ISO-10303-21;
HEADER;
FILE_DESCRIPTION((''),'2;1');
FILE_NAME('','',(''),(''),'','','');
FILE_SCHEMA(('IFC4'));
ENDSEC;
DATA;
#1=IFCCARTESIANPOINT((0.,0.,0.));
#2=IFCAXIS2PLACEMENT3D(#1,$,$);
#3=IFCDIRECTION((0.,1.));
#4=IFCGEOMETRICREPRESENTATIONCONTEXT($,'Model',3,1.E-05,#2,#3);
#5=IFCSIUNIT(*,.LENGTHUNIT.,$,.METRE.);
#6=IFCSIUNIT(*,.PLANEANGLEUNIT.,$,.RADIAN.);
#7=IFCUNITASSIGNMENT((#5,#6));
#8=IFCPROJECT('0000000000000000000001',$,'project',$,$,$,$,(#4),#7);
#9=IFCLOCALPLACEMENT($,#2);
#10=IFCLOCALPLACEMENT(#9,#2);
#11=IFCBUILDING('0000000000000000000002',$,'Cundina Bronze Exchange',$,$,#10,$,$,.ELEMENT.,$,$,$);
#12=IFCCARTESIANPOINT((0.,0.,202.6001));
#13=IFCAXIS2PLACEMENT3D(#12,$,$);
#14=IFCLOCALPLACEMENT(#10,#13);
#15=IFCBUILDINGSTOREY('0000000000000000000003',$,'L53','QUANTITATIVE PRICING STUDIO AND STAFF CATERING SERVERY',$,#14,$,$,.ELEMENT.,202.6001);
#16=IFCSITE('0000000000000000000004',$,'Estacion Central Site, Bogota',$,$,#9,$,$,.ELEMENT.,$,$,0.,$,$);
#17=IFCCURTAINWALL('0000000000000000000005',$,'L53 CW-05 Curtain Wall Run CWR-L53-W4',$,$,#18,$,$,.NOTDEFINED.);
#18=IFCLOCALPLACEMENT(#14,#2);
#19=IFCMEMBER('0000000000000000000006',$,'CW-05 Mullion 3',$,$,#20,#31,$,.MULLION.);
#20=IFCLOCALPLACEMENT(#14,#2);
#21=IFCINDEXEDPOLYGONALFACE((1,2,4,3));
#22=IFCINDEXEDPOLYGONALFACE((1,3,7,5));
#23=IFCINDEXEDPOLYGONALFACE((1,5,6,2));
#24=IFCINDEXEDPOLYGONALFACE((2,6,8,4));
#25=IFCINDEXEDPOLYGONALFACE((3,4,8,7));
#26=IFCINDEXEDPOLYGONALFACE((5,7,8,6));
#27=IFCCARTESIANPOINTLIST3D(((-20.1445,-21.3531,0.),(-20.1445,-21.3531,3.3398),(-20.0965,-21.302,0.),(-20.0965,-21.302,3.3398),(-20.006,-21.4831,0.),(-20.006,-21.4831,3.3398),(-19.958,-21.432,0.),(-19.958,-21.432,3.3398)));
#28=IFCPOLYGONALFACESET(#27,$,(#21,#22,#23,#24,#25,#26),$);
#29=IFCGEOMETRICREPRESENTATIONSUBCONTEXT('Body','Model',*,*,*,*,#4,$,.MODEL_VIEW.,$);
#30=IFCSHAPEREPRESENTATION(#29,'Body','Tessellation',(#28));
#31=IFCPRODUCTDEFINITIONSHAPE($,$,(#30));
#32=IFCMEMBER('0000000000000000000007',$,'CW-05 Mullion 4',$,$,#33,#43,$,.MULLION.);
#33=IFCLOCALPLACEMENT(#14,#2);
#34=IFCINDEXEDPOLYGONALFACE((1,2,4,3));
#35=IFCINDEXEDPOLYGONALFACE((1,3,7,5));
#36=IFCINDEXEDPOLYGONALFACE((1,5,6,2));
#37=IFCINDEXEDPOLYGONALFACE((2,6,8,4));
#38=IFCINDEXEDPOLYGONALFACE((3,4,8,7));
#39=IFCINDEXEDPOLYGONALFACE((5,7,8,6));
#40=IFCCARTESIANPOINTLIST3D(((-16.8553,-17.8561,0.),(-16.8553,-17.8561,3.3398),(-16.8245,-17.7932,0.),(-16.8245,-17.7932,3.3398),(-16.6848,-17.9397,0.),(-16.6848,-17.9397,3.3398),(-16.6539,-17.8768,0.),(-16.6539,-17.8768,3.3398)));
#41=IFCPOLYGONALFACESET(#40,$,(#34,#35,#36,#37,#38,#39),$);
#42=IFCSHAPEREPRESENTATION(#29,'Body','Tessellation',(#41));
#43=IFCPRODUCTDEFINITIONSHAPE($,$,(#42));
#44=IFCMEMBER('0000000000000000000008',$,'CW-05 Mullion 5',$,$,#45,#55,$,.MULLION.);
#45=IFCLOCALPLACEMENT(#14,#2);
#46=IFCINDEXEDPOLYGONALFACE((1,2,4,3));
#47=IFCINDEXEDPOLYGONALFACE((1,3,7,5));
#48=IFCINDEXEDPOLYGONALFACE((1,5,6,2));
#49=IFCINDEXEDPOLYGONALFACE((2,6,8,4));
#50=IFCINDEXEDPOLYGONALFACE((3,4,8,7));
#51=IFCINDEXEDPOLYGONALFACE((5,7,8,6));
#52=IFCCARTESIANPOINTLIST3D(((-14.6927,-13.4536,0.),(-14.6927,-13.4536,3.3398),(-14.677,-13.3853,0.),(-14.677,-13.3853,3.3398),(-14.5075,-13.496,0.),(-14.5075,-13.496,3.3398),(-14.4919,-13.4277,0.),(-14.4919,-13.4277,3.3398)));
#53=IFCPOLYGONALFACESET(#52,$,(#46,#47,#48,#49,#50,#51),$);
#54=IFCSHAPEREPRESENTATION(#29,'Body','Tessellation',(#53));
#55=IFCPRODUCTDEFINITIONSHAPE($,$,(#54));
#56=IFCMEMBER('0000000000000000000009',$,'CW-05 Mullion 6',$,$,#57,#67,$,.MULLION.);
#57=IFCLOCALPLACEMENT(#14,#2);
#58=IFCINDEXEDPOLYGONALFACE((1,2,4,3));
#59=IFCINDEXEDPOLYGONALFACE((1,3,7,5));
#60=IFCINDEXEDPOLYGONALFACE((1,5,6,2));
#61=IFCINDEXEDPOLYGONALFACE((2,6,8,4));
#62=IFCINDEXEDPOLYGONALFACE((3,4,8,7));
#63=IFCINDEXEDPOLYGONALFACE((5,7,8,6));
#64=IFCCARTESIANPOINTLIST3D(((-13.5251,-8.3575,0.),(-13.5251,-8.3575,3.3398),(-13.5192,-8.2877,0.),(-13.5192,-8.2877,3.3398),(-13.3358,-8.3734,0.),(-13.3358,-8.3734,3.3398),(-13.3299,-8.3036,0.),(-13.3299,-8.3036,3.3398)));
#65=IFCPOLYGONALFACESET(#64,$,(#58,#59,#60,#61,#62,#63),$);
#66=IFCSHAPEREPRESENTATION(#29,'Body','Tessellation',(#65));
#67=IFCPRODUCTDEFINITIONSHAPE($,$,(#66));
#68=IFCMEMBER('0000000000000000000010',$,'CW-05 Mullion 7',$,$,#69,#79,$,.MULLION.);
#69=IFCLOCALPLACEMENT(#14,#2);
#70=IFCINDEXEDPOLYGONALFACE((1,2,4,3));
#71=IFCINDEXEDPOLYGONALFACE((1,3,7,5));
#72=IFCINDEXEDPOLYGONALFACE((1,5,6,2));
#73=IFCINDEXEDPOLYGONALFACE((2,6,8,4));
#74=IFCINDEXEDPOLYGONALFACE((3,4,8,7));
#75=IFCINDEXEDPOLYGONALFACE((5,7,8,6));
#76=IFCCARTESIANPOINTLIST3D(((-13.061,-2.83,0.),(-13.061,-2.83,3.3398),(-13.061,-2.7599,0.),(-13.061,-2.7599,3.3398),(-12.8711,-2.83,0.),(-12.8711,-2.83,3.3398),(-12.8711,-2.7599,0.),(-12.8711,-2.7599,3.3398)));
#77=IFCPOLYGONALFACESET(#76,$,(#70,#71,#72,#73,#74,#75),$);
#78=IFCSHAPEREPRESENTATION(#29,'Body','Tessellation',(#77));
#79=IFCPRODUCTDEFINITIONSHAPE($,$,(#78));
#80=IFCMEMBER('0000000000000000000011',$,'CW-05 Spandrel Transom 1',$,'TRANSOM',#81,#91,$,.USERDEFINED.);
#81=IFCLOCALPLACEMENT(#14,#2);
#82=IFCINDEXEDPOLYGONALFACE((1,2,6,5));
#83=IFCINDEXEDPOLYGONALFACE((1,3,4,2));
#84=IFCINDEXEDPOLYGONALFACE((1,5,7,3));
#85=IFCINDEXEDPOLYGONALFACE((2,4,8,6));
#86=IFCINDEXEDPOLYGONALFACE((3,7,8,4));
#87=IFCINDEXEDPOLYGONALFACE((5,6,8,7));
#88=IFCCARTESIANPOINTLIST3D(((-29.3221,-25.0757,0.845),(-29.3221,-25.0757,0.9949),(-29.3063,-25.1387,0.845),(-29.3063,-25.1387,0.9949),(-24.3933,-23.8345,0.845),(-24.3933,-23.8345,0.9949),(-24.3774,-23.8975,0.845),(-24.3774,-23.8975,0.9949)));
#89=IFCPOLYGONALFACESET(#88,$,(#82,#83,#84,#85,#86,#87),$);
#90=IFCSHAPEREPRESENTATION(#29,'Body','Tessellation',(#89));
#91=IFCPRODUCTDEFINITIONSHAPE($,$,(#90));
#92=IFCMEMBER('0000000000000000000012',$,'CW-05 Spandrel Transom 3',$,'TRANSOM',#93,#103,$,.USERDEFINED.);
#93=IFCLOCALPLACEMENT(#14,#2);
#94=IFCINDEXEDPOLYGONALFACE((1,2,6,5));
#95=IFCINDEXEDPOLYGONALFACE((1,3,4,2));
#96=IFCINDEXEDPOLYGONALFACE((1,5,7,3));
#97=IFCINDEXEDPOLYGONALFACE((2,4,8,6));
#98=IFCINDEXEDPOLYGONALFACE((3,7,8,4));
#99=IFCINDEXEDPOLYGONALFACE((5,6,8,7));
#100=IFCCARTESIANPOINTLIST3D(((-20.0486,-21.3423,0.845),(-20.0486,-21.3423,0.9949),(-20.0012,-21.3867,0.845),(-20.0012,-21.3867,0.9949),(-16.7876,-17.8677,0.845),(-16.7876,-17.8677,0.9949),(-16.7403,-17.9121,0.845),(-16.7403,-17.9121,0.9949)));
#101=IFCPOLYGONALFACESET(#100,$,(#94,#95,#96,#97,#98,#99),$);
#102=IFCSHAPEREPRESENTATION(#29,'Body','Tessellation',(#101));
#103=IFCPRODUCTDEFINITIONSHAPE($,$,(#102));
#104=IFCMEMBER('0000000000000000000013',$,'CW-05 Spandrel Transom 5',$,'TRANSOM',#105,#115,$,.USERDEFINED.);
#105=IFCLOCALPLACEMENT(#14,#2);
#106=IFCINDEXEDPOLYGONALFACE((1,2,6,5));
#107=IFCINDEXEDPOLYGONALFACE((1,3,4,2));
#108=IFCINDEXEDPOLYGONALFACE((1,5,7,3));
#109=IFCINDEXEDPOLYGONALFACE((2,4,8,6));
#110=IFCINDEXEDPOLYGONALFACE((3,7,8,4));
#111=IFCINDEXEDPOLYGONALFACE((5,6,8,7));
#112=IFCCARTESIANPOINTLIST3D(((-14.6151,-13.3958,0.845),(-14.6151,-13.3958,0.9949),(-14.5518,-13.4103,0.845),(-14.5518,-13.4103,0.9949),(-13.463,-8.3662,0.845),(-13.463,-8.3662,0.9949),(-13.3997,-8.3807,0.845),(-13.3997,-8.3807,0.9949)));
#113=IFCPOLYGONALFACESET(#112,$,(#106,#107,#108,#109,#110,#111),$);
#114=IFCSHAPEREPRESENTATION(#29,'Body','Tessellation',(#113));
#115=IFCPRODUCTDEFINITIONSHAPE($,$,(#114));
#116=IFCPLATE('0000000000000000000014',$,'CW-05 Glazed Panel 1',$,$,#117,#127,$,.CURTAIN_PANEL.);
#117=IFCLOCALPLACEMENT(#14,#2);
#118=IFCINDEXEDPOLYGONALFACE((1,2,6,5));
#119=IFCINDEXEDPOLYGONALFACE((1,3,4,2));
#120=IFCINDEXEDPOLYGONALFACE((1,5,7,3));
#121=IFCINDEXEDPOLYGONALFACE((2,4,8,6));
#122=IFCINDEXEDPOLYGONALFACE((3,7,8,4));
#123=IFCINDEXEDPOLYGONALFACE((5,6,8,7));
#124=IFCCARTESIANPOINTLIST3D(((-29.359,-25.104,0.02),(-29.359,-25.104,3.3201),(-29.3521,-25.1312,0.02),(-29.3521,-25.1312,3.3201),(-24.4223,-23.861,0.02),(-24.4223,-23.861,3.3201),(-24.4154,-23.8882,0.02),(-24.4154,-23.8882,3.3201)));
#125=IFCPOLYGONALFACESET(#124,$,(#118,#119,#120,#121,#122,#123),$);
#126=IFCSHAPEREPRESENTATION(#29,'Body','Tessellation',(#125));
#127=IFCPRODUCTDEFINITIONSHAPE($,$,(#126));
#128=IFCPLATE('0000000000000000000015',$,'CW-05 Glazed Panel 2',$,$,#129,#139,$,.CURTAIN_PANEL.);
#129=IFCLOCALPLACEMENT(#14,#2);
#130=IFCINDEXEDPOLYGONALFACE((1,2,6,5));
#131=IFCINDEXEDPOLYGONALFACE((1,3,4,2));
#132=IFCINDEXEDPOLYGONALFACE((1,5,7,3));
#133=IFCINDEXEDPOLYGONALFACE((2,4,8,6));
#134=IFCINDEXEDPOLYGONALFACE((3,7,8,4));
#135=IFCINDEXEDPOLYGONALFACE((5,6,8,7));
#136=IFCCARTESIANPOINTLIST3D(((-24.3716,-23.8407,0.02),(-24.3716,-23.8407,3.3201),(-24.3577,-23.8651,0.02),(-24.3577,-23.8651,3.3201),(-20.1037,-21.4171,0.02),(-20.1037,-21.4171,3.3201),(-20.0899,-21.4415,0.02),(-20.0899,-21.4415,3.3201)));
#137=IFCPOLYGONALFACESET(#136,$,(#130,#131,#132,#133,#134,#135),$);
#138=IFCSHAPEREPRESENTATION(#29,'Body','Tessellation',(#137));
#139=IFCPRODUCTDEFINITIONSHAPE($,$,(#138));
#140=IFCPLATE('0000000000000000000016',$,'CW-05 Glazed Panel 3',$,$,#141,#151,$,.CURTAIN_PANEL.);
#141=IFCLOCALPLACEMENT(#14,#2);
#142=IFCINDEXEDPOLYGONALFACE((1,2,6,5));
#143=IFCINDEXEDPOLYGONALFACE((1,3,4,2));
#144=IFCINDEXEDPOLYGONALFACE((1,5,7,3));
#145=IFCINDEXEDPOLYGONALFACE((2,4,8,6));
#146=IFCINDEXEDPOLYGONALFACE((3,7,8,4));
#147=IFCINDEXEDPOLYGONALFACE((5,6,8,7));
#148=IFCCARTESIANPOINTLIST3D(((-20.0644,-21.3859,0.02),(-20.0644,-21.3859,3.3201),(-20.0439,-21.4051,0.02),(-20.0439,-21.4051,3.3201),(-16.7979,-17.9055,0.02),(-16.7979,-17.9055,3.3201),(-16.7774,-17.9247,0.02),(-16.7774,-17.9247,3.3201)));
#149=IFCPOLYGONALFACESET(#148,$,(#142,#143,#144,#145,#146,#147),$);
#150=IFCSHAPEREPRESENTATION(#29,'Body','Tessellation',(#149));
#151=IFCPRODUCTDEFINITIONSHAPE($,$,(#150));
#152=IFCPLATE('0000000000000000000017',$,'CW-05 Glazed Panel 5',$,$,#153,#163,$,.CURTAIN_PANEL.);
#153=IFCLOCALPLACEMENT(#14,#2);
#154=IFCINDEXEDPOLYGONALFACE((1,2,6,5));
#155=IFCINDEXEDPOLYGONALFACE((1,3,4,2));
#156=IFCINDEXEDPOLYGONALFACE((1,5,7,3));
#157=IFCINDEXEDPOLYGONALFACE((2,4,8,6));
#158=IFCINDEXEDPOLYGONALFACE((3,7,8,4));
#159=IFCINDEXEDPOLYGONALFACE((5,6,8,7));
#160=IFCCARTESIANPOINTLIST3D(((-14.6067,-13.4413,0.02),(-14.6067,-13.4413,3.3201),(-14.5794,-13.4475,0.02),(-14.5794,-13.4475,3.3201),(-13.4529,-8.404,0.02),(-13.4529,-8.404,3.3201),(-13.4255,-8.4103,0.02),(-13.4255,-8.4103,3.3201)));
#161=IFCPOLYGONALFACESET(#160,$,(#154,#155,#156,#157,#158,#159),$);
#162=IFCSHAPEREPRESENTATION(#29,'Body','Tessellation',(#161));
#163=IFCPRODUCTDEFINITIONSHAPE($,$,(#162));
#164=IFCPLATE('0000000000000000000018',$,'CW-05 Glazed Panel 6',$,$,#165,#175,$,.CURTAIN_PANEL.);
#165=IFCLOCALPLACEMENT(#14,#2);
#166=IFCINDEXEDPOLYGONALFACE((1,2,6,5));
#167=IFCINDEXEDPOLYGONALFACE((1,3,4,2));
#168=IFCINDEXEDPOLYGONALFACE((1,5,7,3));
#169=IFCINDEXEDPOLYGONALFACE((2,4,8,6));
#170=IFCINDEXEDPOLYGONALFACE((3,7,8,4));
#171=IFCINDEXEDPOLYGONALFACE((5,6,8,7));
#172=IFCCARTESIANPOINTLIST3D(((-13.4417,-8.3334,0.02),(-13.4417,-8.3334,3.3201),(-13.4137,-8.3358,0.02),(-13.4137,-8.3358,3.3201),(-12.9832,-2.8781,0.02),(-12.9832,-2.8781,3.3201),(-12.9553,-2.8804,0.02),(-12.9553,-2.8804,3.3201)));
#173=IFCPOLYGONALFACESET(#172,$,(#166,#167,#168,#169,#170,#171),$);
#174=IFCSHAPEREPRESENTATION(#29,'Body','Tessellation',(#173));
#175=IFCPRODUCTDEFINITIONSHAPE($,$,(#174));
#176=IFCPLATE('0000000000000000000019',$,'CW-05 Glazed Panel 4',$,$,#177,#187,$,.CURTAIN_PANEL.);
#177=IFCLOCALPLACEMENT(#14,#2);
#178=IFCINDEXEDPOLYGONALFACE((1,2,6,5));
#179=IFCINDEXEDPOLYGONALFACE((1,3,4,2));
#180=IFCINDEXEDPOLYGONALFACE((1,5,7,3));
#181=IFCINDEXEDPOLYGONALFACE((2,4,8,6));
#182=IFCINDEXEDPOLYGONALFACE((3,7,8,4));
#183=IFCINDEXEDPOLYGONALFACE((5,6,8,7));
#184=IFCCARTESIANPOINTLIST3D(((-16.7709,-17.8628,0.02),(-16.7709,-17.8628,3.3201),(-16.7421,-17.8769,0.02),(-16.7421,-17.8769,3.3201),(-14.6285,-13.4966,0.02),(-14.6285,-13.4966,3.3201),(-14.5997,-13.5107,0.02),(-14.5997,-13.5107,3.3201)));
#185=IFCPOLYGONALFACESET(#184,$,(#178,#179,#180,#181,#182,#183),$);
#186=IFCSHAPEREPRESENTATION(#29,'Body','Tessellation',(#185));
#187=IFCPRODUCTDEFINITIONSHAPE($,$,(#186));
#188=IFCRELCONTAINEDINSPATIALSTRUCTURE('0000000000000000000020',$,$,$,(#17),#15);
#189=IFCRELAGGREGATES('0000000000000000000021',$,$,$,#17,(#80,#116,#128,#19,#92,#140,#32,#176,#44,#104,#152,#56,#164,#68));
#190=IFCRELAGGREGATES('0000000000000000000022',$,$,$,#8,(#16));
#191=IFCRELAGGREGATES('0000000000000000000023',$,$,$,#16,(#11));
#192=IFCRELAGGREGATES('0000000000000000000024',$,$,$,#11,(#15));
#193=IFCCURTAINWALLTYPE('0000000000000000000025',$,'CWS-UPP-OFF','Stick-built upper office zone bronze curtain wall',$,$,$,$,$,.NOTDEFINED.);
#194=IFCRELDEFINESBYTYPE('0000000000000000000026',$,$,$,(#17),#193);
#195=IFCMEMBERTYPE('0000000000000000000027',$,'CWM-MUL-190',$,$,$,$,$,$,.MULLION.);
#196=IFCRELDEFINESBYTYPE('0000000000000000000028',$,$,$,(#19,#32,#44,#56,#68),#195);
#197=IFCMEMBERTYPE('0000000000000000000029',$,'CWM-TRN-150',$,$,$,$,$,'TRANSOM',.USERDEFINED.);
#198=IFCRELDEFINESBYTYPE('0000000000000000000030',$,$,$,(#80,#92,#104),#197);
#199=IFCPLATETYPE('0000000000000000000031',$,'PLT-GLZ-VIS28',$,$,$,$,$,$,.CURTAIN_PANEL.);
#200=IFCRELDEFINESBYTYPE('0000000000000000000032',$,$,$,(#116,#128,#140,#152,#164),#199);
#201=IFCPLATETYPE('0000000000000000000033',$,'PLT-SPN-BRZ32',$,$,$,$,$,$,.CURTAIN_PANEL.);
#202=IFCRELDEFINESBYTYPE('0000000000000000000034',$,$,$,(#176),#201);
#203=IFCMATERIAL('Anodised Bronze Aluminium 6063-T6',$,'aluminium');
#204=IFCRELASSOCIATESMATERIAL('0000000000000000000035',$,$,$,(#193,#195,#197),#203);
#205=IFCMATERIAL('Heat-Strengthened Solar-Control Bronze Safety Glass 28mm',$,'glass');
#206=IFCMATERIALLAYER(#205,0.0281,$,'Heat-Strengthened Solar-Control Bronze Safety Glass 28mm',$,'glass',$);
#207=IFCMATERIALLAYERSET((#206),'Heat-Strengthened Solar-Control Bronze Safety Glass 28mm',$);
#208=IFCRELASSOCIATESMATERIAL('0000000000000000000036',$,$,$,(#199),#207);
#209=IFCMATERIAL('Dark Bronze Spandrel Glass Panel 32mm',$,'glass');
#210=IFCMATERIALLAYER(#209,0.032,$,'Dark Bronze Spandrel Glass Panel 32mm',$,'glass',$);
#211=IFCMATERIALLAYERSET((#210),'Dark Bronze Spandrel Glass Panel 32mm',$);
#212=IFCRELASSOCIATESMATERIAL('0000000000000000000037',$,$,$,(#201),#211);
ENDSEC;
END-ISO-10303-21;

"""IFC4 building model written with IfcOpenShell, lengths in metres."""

from ifc_helpers import new_model, si_unit, direction, frame, origin, origin_2d, place, context, subcontext, project, spatial, rectangle, extrude, material, layer, layer_set, material_profile, profile_set, type_object, element, aggregate, save


model = new_model("IFC4")

# Units and contexts
model_context = context("Model", 3, precision=1e-05, world=origin(), true_north=direction((0.0, 1.0)))
body_context = subcontext(model_context, "Body", "Model", "MODEL_VIEW")
ifc_project = project(units=[si_unit("LENGTHUNIT", "METRE"), si_unit("PLANEANGLEUNIT", "RADIAN")], contexts=[model_context])

# Site, building, storey
site_placement = place(None, origin())
site = spatial("IfcSite", under=ifc_project, at=site_placement, Name="Estacion Central Site, Bogota", CompositionType="ELEMENT", RefElevation=0.0)
building_placement = place(site_placement, origin())
building = spatial("IfcBuilding", under=site, at=building_placement, Name="Cundina Bronze Exchange", CompositionType="ELEMENT")
storey_placement = place(building_placement, frame((0.0, 0.0, 202.6001)))
storey = spatial("IfcBuildingStorey", under=building, at=storey_placement, Name="L53", Description="QUANTITATIVE PRICING STUDIO AND STAFF CATERING SERVERY", CompositionType="ELEMENT", Elevation=202.6001)

# Curtain wall, members, plates
ifc_material_1 = material(Name="Anodised Bronze Aluminium 6063-T6", Category="aluminium")
curtain_wall_type = type_object("IfcCurtainWallType", Name="CWS-UPP-OFF", Description="Stick-built upper office zone bronze curtain wall", PredefinedType="NOTDEFINED", material=ifc_material_1)
curtain_wall_placement = place(storey_placement, origin())
curtain_wall = element("IfcCurtainWall", 1, at=curtain_wall_placement, inside=storey, type_object=curtain_wall_type, Name="L53 CW-05 Curtain Wall Run CWR-L53-W4", PredefinedType="NOTDEFINED")
ifc_material_profile_1 = material_profile(ifc_material_1, rectangle(XDim=0.0701, YDim=0.1899, at=origin_2d()), Name="AL70X190", Category="aluminium")
ifc_profile_set_1 = profile_set([ifc_material_profile_1], Name="Anodised Bronze Aluminium 6063-T6")
member_type_1 = type_object("IfcMemberType", Name="CWM-MUL-190", PredefinedType="MULLION", material=ifc_profile_set_1)
member_1_placement = place(storey_placement, frame((-20.0513, -21.3926, 0.0), z_axis=(0.0, 0.0, 1.0), x_axis=(0.684293, 0.729208, 0.0)))
member_1 = element("IfcMember", 2, at=member_1_placement, type_object=member_type_1, Name="CW-05 Mullion 3", PredefinedType="MULLION", context=body_context, shape_type="SweptSolid", body=[
    extrude(rectangle(XDim=0.0701, YDim=0.1899, at=origin_2d()), origin(), (0.0, 0.0, 1.0), 3.3398),
])
member_2_placement = place(storey_placement, frame((-16.7546, -17.8665, 0.0), z_axis=(0.0, 0.0, 1.0), x_axis=(0.440566, 0.89772, 0.0)))
member_2 = element("IfcMember", 3, at=member_2_placement, type_object=member_type_1, Name="CW-05 Mullion 4", PredefinedType="MULLION", context=body_context, shape_type="SweptSolid", body=[
    extrude(rectangle(XDim=0.0701, YDim=0.1899, at=origin_2d()), origin(), (0.0, 0.0, 1.0), 3.3398),
])
member_3_placement = place(storey_placement, frame((-14.5923, -13.4407, 0.0), z_axis=(0.0, 0.0, 1.0), x_axis=(0.22325, 0.974761, 0.0)))
member_3 = element("IfcMember", 4, at=member_3_placement, type_object=member_type_1, Name="CW-05 Mullion 5", PredefinedType="MULLION", context=body_context, shape_type="SweptSolid", body=[
    extrude(rectangle(XDim=0.0701, YDim=0.1899, at=origin_2d()), origin(), (0.0, 0.0, 1.0), 3.3398),
])
member_4_placement = place(storey_placement, frame((-13.4275, -8.3306, 0.0), z_axis=(0.0, 0.0, 1.0), x_axis=(0.083678, 0.996493, 0.0)))
member_4 = element("IfcMember", 5, at=member_4_placement, type_object=member_type_1, Name="CW-05 Mullion 6", PredefinedType="MULLION", context=body_context, shape_type="SweptSolid", body=[
    extrude(rectangle(XDim=0.0701, YDim=0.1899, at=origin_2d()), origin(), (0.0, 0.0, 1.0), 3.3398),
])
member_5_placement = place(storey_placement, frame((-12.9661, -2.7949, 0.0), z_axis=(0.0, 0.0, 1.0), x_axis=(0.0, 1.0, 0.0)))
member_5 = element("IfcMember", 6, at=member_5_placement, type_object=member_type_1, Name="CW-05 Mullion 7", PredefinedType="MULLION", context=body_context, shape_type="SweptSolid", body=[
    extrude(rectangle(XDim=0.0701, YDim=0.1899, at=origin_2d()), origin(), (0.0, 0.0, 1.0), 3.3398),
])
ifc_material_profile_2 = material_profile(ifc_material_1, rectangle(XDim=0.0649, YDim=0.1499, at=origin_2d()), Name="AL65X150", Category="aluminium")
ifc_profile_set_2 = profile_set([ifc_material_profile_2], Name="Anodised Bronze Aluminium 6063-T6")
member_type_2 = type_object("IfcMemberType", Name="CWM-TRN-150", ElementType="TRANSOM", PredefinedType="USERDEFINED", material=ifc_profile_set_2)
member_6_placement = place(storey_placement, frame((-29.3142, -25.1072, 0.9199), z_axis=(0.969726, 0.244197, 0.0), x_axis=(-0.244197, 0.969726, 0.0)))
member_6 = element("IfcMember", 7, at=member_6_placement, type_object=member_type_2, Name="CW-05 Spandrel Transom 1", ObjectType="TRANSOM", PredefinedType="USERDEFINED", context=body_context, shape_type="SweptSolid", body=[
    extrude(rectangle(XDim=0.0649, YDim=0.1499, at=origin_2d()), origin(), (0.0, 0.0, 1.0), 5.0828),
])
member_7_placement = place(storey_placement, frame((-20.0249, -21.3645, 0.9199), z_axis=(0.684336, 0.729166, 0.0), x_axis=(-0.729166, 0.684336, 0.0)))
member_7 = element("IfcMember", 8, at=member_7_placement, type_object=member_type_2, Name="CW-05 Spandrel Transom 3", ObjectType="TRANSOM", PredefinedType="USERDEFINED", context=body_context, shape_type="SweptSolid", body=[
    extrude(rectangle(XDim=0.0649, YDim=0.1499, at=origin_2d()), origin(), (0.0, 0.0, 1.0), 4.7651),
])
member_8_placement = place(storey_placement, frame((-14.5835, -13.4031, 0.9199), z_axis=(0.223283, 0.974754, 0.0), x_axis=(-0.974754, 0.223283, 0.0)))
member_8 = element("IfcMember", 9, at=member_8_placement, type_object=member_type_2, Name="CW-05 Spandrel Transom 5", ObjectType="TRANSOM", PredefinedType="USERDEFINED", context=body_context, shape_type="SweptSolid", body=[
    extrude(rectangle(XDim=0.0649, YDim=0.1499, at=origin_2d()), origin(), (0.0, 0.0, 1.0), 5.1599),
])
ifc_material_2 = material(Name="Heat-Strengthened Solar-Control Bronze Safety Glass 28mm", Category="glass")
ifc_layer_1 = layer(ifc_material_2, 0.0281, Name="Heat-Strengthened Solar-Control Bronze Safety Glass 28mm", Category="glass")
ifc_layer_set_1 = layer_set([ifc_layer_1], Name="Heat-Strengthened Solar-Control Bronze Safety Glass 28mm")
plate_type_1 = type_object("IfcPlateType", Name="PLT-GLZ-VIS28", PredefinedType="CURTAIN_PANEL", material=ifc_layer_set_1)
plate_1_placement = place(storey_placement, frame((-26.8872, -24.4961, 0.02), z_axis=(0.0, 0.0, 1.0), x_axis=(0.969732, 0.244174, 0.0)))
plate_1 = element("IfcPlate", 10, at=plate_1_placement, type_object=plate_type_1, Name="CW-05 Glazed Panel 1", PredefinedType="CURTAIN_PANEL", context=body_context, shape_type="SweptSolid", body=[
    extrude(rectangle(XDim=5.0908, YDim=0.0281, at=origin_2d()), origin(), (0.0, 0.0, 1.0), 3.3),
])
plate_2_placement = place(storey_placement, frame((-22.2307, -22.6411, 0.02), z_axis=(0.0, 0.0, 1.0), x_axis=(0.869573, 0.493805, 0.0)))
plate_2 = element("IfcPlate", 11, at=plate_2_placement, type_object=plate_type_1, Name="CW-05 Glazed Panel 2", PredefinedType="CURTAIN_PANEL", context=body_context, shape_type="SweptSolid", body=[
    extrude(rectangle(XDim=4.908, YDim=0.0281, at=origin_2d()), origin(), (0.0, 0.0, 1.0), 3.3),
])
plate_3_placement = place(storey_placement, frame((-18.4209, -19.6553, 0.02), z_axis=(0.0, 0.0, 1.0), x_axis=(0.684344, 0.72916, 0.0)))
plate_3 = element("IfcPlate", 12, at=plate_3_placement, type_object=plate_type_1, Name="CW-05 Glazed Panel 3", PredefinedType="CURTAIN_PANEL", context=body_context, shape_type="SweptSolid", body=[
    extrude(rectangle(XDim=4.7732, YDim=0.0281, at=origin_2d()), origin(), (0.0, 0.0, 1.0), 3.3),
])
plate_4_placement = place(storey_placement, frame((-14.0161, -10.9258, 0.02), z_axis=(0.0, 0.0, 1.0), x_axis=(0.223284, 0.974753, 0.0)))
plate_4 = element("IfcPlate", 13, at=plate_4_placement, type_object=plate_type_1, Name="CW-05 Glazed Panel 5", PredefinedType="CURTAIN_PANEL", context=body_context, shape_type="SweptSolid", body=[
    extrude(rectangle(XDim=5.1677, YDim=0.0281, at=origin_2d()), origin(), (0.0, 0.0, 1.0), 3.3),
])
plate_5_placement = place(storey_placement, frame((-13.1985, -5.6069, 0.02), z_axis=(0.0, 0.0, 1.0), x_axis=(0.083747, 0.996487, 0.0)))
plate_5 = element("IfcPlate", 14, at=plate_5_placement, type_object=plate_type_1, Name="CW-05 Glazed Panel 6", PredefinedType="CURTAIN_PANEL", context=body_context, shape_type="SweptSolid", body=[
    extrude(rectangle(XDim=5.4746, YDim=0.0281, at=origin_2d()), origin(), (0.0, 0.0, 1.0), 3.3),
])
ifc_material_3 = material(Name="Dark Bronze Spandrel Glass Panel 32mm", Category="glass")
ifc_layer_2 = layer(ifc_material_3, 0.032, Name="Dark Bronze Spandrel Glass Panel 32mm", Category="glass")
ifc_layer_set_2 = layer_set([ifc_layer_2], Name="Dark Bronze Spandrel Glass Panel 32mm")
plate_type_2 = type_object("IfcPlateType", Name="PLT-SPN-BRZ32", PredefinedType="CURTAIN_PANEL", material=ifc_layer_set_2)
plate_6_placement = place(storey_placement, frame((-15.6853, -15.6868, 0.02), z_axis=(0.0, 0.0, 1.0), x_axis=(0.440503, 0.897751, 0.0)))
plate_6 = element("IfcPlate", 15, at=plate_6_placement, type_object=plate_type_2, Name="CW-05 Glazed Panel 4", PredefinedType="CURTAIN_PANEL", context=body_context, shape_type="SweptSolid", body=[
    extrude(rectangle(XDim=4.8635, YDim=0.032, at=origin_2d()), origin(), (0.0, 0.0, 1.0), 3.3),
])
aggregate(curtain_wall, [member_6, plate_1, plate_2, member_1, member_7, plate_3, member_2, plate_6, member_3, member_8, plate_4, member_4, plate_5, member_5])

save(model, "model.ifc")
